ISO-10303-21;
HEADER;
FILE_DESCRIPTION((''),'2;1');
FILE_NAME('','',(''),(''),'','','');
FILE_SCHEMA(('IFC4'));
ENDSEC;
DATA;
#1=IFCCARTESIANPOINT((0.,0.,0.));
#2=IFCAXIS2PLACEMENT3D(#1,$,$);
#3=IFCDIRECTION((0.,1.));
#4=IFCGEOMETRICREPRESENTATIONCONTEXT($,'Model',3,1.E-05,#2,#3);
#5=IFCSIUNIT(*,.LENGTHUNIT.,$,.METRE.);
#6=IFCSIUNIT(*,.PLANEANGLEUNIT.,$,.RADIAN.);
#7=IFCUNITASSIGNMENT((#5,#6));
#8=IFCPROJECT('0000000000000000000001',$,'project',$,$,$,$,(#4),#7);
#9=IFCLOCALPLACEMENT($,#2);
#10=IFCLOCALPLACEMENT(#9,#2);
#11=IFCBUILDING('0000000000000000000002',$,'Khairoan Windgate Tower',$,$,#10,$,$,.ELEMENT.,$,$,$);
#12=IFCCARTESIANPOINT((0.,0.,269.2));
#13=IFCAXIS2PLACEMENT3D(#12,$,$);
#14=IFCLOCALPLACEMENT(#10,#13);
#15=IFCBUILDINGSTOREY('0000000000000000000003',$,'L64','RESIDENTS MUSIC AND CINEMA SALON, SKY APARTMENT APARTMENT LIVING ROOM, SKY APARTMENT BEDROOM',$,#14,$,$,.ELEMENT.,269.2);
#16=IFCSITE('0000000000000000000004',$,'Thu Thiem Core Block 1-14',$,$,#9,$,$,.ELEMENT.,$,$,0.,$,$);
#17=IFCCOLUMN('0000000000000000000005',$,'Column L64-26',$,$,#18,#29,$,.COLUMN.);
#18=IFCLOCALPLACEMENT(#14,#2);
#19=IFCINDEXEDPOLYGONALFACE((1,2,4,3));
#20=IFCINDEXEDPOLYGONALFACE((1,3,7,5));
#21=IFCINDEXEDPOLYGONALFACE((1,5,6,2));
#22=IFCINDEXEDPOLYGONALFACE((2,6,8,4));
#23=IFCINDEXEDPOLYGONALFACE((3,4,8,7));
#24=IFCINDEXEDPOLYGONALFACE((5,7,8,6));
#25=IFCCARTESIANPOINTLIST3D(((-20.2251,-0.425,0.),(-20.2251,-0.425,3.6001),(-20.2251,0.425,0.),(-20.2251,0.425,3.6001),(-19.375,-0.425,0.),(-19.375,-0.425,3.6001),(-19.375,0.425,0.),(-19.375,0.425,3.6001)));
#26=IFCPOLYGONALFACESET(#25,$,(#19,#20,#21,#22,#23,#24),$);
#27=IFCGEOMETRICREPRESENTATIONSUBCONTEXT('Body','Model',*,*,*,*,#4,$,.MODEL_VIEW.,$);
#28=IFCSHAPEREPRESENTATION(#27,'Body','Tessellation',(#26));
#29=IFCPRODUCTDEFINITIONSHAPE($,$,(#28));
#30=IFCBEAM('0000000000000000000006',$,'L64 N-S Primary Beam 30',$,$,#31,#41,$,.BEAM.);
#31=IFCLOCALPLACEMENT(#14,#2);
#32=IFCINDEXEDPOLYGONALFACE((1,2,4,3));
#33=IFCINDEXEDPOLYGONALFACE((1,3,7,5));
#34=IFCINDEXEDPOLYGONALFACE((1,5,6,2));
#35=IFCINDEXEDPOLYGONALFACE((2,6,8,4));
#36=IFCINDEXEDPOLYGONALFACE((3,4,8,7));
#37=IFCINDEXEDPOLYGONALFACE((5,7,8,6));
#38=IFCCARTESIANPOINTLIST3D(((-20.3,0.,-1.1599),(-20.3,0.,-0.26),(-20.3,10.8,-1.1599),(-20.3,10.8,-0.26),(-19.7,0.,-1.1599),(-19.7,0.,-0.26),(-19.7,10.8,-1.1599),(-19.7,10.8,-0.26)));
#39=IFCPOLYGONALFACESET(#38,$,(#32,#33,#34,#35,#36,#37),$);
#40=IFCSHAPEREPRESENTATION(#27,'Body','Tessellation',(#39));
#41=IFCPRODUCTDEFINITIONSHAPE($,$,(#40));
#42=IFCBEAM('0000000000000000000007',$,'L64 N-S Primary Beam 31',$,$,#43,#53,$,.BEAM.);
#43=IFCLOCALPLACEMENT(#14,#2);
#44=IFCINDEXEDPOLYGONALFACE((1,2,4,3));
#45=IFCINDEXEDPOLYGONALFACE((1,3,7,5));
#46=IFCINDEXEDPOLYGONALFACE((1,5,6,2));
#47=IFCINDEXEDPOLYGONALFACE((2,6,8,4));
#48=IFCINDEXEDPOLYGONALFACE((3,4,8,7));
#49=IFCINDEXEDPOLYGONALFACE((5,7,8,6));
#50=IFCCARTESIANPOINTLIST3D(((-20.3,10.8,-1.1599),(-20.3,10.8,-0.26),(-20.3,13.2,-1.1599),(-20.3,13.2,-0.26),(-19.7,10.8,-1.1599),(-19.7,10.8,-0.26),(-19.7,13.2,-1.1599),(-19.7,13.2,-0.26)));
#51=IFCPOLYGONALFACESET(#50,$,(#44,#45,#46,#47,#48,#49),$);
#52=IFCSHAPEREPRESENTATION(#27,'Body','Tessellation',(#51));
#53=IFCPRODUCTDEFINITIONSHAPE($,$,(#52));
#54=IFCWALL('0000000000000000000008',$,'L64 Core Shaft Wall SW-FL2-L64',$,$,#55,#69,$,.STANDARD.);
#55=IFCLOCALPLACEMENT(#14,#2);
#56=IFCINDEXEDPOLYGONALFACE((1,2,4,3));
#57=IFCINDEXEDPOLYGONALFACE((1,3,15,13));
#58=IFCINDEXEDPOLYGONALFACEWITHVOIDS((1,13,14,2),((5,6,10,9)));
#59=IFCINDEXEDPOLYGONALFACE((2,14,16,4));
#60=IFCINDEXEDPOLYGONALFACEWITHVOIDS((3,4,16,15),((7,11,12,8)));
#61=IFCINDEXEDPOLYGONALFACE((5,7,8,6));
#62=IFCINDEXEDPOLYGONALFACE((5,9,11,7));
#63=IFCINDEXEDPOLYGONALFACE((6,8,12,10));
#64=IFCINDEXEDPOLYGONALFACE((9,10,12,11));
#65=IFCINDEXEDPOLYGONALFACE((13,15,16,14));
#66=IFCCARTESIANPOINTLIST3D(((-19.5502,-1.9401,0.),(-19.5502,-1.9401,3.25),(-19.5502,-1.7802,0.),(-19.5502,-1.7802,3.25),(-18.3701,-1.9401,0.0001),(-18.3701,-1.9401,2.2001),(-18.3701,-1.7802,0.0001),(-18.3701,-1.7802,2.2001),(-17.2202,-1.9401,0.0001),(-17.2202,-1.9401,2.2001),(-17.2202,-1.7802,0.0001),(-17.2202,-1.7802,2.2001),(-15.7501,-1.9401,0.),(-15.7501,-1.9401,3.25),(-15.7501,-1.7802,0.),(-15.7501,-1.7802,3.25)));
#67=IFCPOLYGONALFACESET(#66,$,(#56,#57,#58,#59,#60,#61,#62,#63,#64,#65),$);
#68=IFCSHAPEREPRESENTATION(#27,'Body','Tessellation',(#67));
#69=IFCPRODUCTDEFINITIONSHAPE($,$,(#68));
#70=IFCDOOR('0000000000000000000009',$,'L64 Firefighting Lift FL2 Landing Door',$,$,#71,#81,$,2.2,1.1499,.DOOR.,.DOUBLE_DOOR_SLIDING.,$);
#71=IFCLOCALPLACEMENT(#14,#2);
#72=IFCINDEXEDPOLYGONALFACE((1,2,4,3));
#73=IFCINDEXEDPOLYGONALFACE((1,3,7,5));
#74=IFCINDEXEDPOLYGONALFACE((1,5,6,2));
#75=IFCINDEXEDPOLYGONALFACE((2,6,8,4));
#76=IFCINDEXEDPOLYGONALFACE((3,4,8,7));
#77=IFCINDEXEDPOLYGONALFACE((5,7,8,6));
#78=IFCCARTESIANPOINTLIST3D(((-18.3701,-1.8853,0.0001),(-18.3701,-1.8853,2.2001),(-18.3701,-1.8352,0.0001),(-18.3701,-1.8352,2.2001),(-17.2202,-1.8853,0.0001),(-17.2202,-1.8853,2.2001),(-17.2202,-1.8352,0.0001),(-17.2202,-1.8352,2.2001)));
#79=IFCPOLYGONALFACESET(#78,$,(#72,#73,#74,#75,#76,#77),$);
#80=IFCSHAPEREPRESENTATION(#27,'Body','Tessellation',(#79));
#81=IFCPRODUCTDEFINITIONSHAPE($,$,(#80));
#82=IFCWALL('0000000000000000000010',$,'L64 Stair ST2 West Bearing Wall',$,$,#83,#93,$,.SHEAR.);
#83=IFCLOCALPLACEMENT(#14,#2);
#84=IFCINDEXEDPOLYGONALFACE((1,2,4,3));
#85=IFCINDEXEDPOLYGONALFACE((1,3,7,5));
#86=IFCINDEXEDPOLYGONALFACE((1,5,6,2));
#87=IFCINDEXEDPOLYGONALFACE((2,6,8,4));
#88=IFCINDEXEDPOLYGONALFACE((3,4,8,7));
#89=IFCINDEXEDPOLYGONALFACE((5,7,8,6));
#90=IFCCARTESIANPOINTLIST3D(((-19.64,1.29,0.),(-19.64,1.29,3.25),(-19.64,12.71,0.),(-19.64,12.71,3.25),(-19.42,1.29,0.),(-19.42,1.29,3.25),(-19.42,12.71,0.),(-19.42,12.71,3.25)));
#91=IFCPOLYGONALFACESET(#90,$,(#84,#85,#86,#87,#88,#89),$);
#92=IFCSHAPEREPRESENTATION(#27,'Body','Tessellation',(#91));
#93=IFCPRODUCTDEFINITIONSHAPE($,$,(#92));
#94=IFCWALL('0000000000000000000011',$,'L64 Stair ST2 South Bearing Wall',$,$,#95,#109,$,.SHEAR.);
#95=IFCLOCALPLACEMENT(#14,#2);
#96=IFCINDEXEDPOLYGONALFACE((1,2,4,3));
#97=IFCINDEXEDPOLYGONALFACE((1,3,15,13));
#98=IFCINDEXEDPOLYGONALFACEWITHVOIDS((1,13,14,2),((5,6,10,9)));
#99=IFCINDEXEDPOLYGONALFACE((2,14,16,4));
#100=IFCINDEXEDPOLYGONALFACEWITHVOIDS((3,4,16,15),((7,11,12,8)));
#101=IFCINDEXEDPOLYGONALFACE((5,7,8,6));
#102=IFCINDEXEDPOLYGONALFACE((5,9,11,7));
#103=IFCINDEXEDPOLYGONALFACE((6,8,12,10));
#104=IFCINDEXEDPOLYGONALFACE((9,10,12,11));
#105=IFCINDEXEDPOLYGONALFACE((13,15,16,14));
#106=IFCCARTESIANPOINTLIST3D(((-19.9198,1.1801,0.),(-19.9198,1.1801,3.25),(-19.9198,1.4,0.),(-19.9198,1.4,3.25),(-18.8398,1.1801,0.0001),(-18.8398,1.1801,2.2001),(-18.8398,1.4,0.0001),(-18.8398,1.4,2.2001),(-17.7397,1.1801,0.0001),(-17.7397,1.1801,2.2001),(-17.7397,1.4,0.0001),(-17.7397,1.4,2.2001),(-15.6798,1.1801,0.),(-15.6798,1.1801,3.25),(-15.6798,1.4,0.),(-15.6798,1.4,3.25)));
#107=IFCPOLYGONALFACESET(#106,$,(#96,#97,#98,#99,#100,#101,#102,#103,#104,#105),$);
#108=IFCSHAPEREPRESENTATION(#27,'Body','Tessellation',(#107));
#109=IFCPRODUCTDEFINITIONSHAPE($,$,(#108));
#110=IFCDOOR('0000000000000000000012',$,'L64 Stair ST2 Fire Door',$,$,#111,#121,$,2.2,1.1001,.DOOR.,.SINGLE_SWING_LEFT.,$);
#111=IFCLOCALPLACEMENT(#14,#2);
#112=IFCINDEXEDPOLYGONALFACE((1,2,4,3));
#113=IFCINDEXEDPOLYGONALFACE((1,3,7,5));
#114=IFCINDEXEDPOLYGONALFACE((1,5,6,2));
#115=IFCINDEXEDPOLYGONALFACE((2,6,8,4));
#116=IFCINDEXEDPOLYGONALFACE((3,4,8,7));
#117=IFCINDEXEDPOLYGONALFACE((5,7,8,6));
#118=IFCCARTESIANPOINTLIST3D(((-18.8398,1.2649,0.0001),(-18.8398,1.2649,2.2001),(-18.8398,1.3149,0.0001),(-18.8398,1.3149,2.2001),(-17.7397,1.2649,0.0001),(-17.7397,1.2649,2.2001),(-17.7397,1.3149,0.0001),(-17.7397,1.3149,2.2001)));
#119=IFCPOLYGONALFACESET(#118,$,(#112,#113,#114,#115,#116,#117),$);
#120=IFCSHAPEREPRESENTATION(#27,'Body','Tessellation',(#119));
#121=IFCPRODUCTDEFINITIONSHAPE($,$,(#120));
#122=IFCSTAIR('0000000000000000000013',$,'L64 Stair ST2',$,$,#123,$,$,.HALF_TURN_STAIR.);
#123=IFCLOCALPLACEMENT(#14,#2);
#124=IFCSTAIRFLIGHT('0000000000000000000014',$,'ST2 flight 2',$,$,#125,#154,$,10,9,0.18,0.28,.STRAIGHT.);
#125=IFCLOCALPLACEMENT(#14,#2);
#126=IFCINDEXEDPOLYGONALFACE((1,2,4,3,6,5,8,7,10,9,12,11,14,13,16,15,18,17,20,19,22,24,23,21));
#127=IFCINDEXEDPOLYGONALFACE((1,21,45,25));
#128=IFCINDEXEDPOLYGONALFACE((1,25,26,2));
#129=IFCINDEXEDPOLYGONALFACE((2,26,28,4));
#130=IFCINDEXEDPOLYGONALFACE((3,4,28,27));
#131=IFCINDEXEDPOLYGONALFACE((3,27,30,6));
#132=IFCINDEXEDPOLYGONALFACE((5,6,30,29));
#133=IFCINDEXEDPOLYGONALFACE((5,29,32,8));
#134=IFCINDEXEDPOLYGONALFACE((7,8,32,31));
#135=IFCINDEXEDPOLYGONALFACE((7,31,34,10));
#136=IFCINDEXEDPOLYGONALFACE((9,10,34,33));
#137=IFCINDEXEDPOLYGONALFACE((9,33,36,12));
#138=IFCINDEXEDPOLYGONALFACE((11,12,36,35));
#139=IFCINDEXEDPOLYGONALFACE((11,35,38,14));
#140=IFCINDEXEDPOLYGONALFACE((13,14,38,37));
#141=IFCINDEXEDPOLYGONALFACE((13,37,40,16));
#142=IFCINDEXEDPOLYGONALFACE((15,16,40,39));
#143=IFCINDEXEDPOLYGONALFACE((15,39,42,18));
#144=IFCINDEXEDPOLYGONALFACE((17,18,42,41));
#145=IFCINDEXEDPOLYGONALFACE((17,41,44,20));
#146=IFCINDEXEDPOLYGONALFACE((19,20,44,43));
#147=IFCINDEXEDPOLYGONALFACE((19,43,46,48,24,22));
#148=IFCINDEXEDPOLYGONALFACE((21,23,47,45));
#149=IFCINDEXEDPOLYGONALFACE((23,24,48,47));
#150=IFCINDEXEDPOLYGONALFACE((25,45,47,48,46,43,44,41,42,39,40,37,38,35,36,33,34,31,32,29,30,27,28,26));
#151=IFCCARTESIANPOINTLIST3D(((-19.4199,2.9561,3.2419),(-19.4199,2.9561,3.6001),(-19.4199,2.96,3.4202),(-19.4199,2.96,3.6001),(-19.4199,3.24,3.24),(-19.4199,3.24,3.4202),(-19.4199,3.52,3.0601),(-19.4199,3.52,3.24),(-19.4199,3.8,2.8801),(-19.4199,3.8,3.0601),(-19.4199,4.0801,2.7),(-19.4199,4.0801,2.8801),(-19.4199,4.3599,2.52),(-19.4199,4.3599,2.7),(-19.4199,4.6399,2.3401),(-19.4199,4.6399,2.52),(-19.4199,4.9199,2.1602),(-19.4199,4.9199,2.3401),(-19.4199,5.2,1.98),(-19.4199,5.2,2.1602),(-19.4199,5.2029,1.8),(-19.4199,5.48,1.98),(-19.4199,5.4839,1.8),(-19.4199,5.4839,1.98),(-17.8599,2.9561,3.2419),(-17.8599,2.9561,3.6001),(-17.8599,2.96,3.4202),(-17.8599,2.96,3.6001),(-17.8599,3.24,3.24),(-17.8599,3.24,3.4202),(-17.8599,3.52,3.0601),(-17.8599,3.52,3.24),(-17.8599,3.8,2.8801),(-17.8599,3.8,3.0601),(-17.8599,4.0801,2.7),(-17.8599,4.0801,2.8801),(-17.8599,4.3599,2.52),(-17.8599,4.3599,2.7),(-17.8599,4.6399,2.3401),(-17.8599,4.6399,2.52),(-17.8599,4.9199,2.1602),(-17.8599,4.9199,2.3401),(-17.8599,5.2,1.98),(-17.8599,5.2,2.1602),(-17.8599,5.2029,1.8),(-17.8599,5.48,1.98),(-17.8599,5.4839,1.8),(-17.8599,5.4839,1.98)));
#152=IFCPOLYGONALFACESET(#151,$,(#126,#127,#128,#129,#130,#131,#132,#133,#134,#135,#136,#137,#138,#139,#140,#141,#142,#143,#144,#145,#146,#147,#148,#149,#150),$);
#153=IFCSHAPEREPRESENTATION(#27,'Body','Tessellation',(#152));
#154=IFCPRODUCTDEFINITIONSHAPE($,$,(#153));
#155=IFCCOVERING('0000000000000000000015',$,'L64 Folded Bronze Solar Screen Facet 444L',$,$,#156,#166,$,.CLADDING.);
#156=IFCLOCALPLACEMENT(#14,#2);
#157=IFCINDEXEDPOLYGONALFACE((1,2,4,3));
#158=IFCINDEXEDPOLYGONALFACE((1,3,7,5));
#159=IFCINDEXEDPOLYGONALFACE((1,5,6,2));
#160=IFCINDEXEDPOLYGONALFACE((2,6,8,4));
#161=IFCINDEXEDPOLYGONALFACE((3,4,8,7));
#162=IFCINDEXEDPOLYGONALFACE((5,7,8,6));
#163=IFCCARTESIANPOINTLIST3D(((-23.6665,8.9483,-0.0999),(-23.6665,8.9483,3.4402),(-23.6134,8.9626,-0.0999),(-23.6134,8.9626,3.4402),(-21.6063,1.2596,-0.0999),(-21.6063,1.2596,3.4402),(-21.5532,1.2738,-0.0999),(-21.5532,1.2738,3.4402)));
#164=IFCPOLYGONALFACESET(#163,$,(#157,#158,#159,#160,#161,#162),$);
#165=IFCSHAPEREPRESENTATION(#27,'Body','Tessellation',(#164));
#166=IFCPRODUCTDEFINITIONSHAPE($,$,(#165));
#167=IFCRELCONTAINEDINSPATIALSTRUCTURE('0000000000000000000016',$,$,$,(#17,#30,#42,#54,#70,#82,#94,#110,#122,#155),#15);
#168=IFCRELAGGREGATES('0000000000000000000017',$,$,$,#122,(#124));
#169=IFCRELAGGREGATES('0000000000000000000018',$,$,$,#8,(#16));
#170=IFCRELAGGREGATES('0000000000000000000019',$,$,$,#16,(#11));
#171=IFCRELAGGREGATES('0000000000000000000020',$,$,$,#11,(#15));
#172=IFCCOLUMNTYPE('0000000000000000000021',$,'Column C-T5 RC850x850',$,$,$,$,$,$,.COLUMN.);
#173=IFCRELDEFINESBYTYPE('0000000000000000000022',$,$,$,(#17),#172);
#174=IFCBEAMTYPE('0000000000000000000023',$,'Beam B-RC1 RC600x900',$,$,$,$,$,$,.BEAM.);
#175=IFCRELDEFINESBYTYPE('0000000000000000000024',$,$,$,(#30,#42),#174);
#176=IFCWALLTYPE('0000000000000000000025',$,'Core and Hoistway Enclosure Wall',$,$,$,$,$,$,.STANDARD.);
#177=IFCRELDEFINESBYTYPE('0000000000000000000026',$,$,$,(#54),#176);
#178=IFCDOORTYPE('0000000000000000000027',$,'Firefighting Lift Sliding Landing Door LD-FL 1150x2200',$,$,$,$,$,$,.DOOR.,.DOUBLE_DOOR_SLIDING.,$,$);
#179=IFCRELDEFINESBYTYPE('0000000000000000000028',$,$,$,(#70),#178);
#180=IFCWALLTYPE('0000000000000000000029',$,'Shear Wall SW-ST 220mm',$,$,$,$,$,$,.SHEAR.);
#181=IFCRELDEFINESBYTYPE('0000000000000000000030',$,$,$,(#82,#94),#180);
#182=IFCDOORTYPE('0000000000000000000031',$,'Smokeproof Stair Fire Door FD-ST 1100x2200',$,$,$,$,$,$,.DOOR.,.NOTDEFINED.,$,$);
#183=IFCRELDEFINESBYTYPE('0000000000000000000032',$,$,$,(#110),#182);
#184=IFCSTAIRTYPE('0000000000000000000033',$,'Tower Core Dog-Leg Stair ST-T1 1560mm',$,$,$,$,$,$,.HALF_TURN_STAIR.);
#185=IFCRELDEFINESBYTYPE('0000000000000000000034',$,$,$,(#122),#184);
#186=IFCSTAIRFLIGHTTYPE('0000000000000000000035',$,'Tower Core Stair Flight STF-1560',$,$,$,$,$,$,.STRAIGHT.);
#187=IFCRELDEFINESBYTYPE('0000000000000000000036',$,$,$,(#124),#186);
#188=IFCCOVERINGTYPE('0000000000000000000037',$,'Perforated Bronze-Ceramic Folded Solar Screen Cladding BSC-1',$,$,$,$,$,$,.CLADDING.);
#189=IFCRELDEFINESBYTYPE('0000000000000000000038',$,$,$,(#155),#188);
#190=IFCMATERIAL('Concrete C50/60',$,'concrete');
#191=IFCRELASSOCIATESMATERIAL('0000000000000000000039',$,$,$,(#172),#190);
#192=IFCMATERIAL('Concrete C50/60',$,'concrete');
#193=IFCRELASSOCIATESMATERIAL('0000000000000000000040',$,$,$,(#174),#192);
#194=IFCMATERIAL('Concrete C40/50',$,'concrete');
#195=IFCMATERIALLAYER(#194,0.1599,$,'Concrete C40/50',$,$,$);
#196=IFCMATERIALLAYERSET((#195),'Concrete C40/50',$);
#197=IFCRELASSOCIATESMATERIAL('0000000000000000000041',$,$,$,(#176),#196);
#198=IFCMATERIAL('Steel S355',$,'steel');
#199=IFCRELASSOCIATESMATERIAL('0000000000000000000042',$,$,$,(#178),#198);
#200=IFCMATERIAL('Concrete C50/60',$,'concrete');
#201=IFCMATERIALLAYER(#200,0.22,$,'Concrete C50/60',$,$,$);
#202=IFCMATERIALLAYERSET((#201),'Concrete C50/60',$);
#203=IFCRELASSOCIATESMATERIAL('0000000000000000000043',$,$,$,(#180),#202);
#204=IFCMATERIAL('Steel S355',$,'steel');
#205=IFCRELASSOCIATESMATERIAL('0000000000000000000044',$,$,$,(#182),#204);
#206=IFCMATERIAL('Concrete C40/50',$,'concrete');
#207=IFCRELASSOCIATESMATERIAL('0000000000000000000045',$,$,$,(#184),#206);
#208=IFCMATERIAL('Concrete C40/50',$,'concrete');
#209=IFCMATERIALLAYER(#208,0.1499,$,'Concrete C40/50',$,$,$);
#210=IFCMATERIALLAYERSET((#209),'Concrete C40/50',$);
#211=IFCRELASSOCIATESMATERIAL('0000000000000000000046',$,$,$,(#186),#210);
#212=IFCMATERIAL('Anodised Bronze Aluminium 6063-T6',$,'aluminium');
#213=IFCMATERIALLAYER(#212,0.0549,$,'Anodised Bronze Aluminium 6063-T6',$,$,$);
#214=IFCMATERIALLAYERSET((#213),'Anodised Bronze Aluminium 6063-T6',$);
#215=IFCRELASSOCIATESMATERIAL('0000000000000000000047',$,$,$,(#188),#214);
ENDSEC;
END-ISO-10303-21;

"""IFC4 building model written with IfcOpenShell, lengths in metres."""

from ifc_helpers import new_model, si_unit, direction, frame, frame_2d, origin, origin_2d, place, context, subcontext, project, spatial, polyline, rectangle, outline, extrude, material, layer, layer_set, material_profile, profile_set, type_object, element, fill, aggregate, save


model = new_model("IFC4")

# Units and contexts
model_context = context("Model", 3, precision=1e-05, world=origin(), true_north=direction((0.0, 1.0)))
body_context = subcontext(model_context, "Body", "Model", "MODEL_VIEW")
ifc_project = project(units=[si_unit("LENGTHUNIT", "METRE"), si_unit("PLANEANGLEUNIT", "RADIAN")], contexts=[model_context])

# Site, building, storey
site_placement = place(None, origin())
site = spatial("IfcSite", under=ifc_project, at=site_placement, Name="Thu Thiem Core Block 1-14", CompositionType="ELEMENT", RefElevation=0.0)
building_placement = place(site_placement, origin())
building = spatial("IfcBuilding", under=site, at=building_placement, Name="Khairoan Windgate Tower", CompositionType="ELEMENT")
storey_placement = place(building_placement, frame((0.0, 0.0, 269.2)))
storey = spatial("IfcBuildingStorey", under=building, at=storey_placement, Name="L64", Description="RESIDENTS MUSIC AND CINEMA SALON, SKY APARTMENT APARTMENT LIVING ROOM, SKY APARTMENT BEDROOM", CompositionType="ELEMENT", Elevation=269.2)

# Column
ifc_material_1 = material(Name="Concrete C50/60", Category="concrete")
ifc_material_profile_1 = material_profile(ifc_material_1, rectangle(XDim=0.8501, YDim=0.8501, at=origin_2d()))
ifc_profile_set_1 = profile_set([ifc_material_profile_1], Name="Concrete C50/60")
column_type = type_object("IfcColumnType", Name="Column C-T5 RC850x850", PredefinedType="COLUMN", material=ifc_profile_set_1)
column_placement = place(storey_placement, frame((-19.8, 0.0, 0.0), z_axis=(0.0, 0.0, 1.0), x_axis=(1.0, 0.0, 0.0)))
element("IfcColumn", 1, at=column_placement, inside=storey, type_object=column_type, Name="Column L64-26", PredefinedType="COLUMN", context=body_context, shape_type="SweptSolid", body=[
    extrude(rectangle(XDim=0.8501, YDim=0.8501, at=origin_2d()), origin(), (0.0, 0.0, 1.0), 3.6001),
])

# Beams
ifc_material_2 = material(Name="Concrete C50/60", Category="concrete")
ifc_material_profile_2 = material_profile(ifc_material_2, rectangle(XDim=0.6001, YDim=0.8999, at=origin_2d()))
ifc_profile_set_2 = profile_set([ifc_material_profile_2], Name="Concrete C50/60")
beam_type = type_object("IfcBeamType", Name="Beam B-RC1 RC600x900", PredefinedType="BEAM", material=ifc_profile_set_2)
beam_1_placement = place(storey_placement, frame((-20.0, 0.0, -0.71), z_axis=(0.0, 1.0, 0.0), x_axis=(-1.0, 0.0, 0.0)))
element("IfcBeam", 2, at=beam_1_placement, inside=storey, type_object=beam_type, Name="L64 N-S Primary Beam 30", PredefinedType="BEAM", context=body_context, shape_type="SweptSolid", body=[
    extrude(rectangle(XDim=0.6001, YDim=0.8999, at=origin_2d()), origin(), (0.0, 0.0, 1.0), 10.8),
])
beam_2_placement = place(storey_placement, frame((-20.0, 10.8, -0.71), z_axis=(0.0, 1.0, 0.0), x_axis=(-1.0, 0.0, 0.0)))
element("IfcBeam", 3, at=beam_2_placement, inside=storey, type_object=beam_type, Name="L64 N-S Primary Beam 31", PredefinedType="BEAM", context=body_context, shape_type="SweptSolid", body=[
    extrude(rectangle(XDim=0.6001, YDim=0.8999, at=origin_2d()), origin(), (0.0, 0.0, 1.0), 2.3999),
])

# Wall, opening, door
ifc_material_3 = material(Name="Concrete C40/50", Category="concrete")
ifc_layer_1 = layer(ifc_material_3, 0.1599, Name="Concrete C40/50")
ifc_layer_set_1 = layer_set([ifc_layer_1], Name="Concrete C40/50")
wall_type_1 = type_object("IfcWallType", Name="Core and Hoistway Enclosure Wall", PredefinedType="STANDARD", material=ifc_layer_set_1)
wall_1_placement = place(storey_placement, frame((-19.55, -1.8601, 0.0), z_axis=(0.0, 0.0, 1.0), x_axis=(1.0, 0.0, 0.0)))
wall_1 = element("IfcWall", 4, at=wall_1_placement, inside=storey, type_object=wall_type_1, Name="L64 Core Shaft Wall SW-FL2-L64", PredefinedType="STANDARD", context=body_context, shape_type="SweptSolid", body=[
    extrude(rectangle(XDim=3.8, YDim=0.1599, at=frame_2d((1.8999, 0.0))), origin(), (0.0, 0.0, 1.0), 3.25),
])
opening_1_placement = place(wall_1_placement, frame((1.1799, 0.0, 0.0)))
opening_1 = element("IfcOpeningElement", 5, at=opening_1_placement, cuts=wall_1, PredefinedType="OPENING", context=body_context, shape_type="SweptSolid", body=[
    extrude(rectangle(XDim=1.1499, YDim=2.2, at=frame_2d((0.575, 1.1001))), frame((0.0, 0.0898, 0.0), z_axis=(0.0, -1.0, 0.0), x_axis=(1.0, 0.0, 0.0)), (0.0, 0.0, 1.0), 0.1799),
])
ifc_material_4 = material(Name="Steel S355", Category="steel")
door_type_1 = type_object("IfcDoorType", Name="Firefighting Lift Sliding Landing Door LD-FL 1150x2200", OperationType="DOUBLE_DOOR_SLIDING", PredefinedType="DOOR", material=ifc_material_4)
door_1_placement = place(opening_1_placement, origin())
door_1 = element("IfcDoor", 6, at=door_1_placement, inside=storey, type_object=door_type_1, Name="L64 Firefighting Lift FL2 Landing Door", OperationType="DOUBLE_DOOR_SLIDING", OverallHeight=2.2, OverallWidth=1.1499, PredefinedType="DOOR", context=body_context, shape_type="SweptSolid", body=[
    extrude(rectangle(XDim=1.1499, YDim=2.2, at=frame_2d((0.575, 1.1001))), frame((0.0, 0.0249, 0.0), z_axis=(0.0, -1.0, 0.0), x_axis=(1.0, 0.0, 0.0)), (0.0, 0.0, 1.0), 0.05),
])
fill(opening_1, door_1)

# Wall
ifc_material_5 = material(Name="Concrete C50/60", Category="concrete")
ifc_layer_2 = layer(ifc_material_5, 0.22, Name="Concrete C50/60")
ifc_layer_set_2 = layer_set([ifc_layer_2], Name="Concrete C50/60")
wall_type_2 = type_object("IfcWallType", Name="Shear Wall SW-ST 220mm", PredefinedType="SHEAR", material=ifc_layer_set_2)
wall_2_placement = place(storey_placement, frame((-19.53, 1.29, 0.0), z_axis=(0.0, 0.0, 1.0), x_axis=(0.0, 1.0, 0.0)))
element("IfcWall", 7, at=wall_2_placement, inside=storey, type_object=wall_type_2, Name="L64 Stair ST2 West Bearing Wall", PredefinedType="SHEAR", context=body_context, shape_type="SweptSolid", body=[
    extrude(rectangle(XDim=11.4199, YDim=0.22, at=frame_2d((5.71, 0.0))), origin(), (0.0, 0.0, 1.0), 3.25),
])

# Wall, opening, door
wall_3_placement = place(storey_placement, frame((-19.9199, 1.29, 0.0), z_axis=(0.0, 0.0, 1.0), x_axis=(1.0, 0.0, 0.0)))
wall_3 = element("IfcWall", 8, at=wall_3_placement, inside=storey, type_object=wall_type_2, Name="L64 Stair ST2 South Bearing Wall", PredefinedType="SHEAR", context=body_context, shape_type="SweptSolid", body=[
    extrude(rectangle(XDim=4.24, YDim=0.22, at=frame_2d((2.1201, 0.0))), origin(), (0.0, 0.0, 1.0), 3.25),
])
opening_2_placement = place(wall_3_placement, frame((1.0801, 0.0, 0.0)))
opening_2 = element("IfcOpeningElement", 9, at=opening_2_placement, cuts=wall_3, PredefinedType="OPENING", context=body_context, shape_type="SweptSolid", body=[
    extrude(rectangle(XDim=1.1001, YDim=2.2, at=frame_2d((0.55, 1.1001))), frame((0.0, 0.1199, 0.0), z_axis=(0.0, -1.0, 0.0), x_axis=(1.0, 0.0, 0.0)), (0.0, 0.0, 1.0), 0.24),
])
ifc_material_6 = material(Name="Steel S355", Category="steel")
door_type_2 = type_object("IfcDoorType", Name="Smokeproof Stair Fire Door FD-ST 1100x2200", OperationType="NOTDEFINED", PredefinedType="DOOR", material=ifc_material_6)
door_2_placement = place(opening_2_placement, origin())
door_2 = element("IfcDoor", 10, at=door_2_placement, inside=storey, type_object=door_type_2, Name="L64 Stair ST2 Fire Door", OperationType="SINGLE_SWING_LEFT", OverallHeight=2.2, OverallWidth=1.1001, PredefinedType="DOOR", context=body_context, shape_type="SweptSolid", body=[
    extrude(rectangle(XDim=1.1001, YDim=2.2, at=frame_2d((0.55, 1.1001))), frame((0.0, 0.0249, 0.0), z_axis=(0.0, -1.0, 0.0), x_axis=(1.0, 0.0, 0.0)), (0.0, 0.0, 1.0), 0.05),
])
fill(opening_2, door_2)

# Stair, stair flight
ifc_material_7 = material(Name="Concrete C40/50", Category="concrete")
stair_type = type_object("IfcStairType", Name="Tower Core Dog-Leg Stair ST-T1 1560mm", PredefinedType="HALF_TURN_STAIR", material=ifc_material_7)
stair_placement = place(storey_placement, origin())
stair = element("IfcStair", 11, at=stair_placement, inside=storey, type_object=stair_type, Name="L64 Stair ST2", PredefinedType="HALF_TURN_STAIR")
ifc_material_8 = material(Name="Concrete C40/50", Category="concrete")
ifc_layer_3 = layer(ifc_material_8, 0.1499, Name="Concrete C40/50")
ifc_layer_set_3 = layer_set([ifc_layer_3], Name="Concrete C40/50")
stair_flight_type = type_object("IfcStairFlightType", Name="Tower Core Stair Flight STF-1560", PredefinedType="STRAIGHT", material=ifc_layer_set_3)
stair_flight_placement = place(storey_placement, frame((-18.6399, 5.48, 1.8), z_axis=(0.0, 0.0, 1.0), x_axis=(0.0, -1.0, 0.0)))
stair_flight = element("IfcStairFlight", 12, at=stair_flight_placement, type_object=stair_flight_type, Name="ST2 flight 2", NumberOfRisers=10, NumberOfTreads=9, PredefinedType="STRAIGHT", RiserHeight=0.18, TreadLength=0.28, context=body_context, shape_type="SweptSolid", body=[
    extrude(outline(polyline([(-0.0039, 0.0), (-0.0039, 0.1799), (0.0, 0.1799), (0.28, 0.1799), (0.28, 0.3601), (0.5601, 0.3601), (0.5601, 0.54), (0.8401, 0.54), (0.8401, 0.72), (1.1201, 0.72), (1.1201, 0.8999), (1.3999, 0.8999), (1.3999, 1.0801), (1.6799, 1.0801), (1.6799, 1.26), (1.96, 1.26), (1.96, 1.4399), (2.24, 1.4399), (2.24, 1.6201), (2.52, 1.6201), (2.52, 1.8), (2.5239, 1.8), (2.5239, 1.4419), (0.2771, 0.0), (-0.0039, 0.0)])), frame((0.0, 0.78, 0.0), z_axis=(0.0, -1.0, 0.0), x_axis=(1.0, 0.0, 0.0)), (0.0, 0.0, 1.0), 1.5601),
])
aggregate(stair, [stair_flight])

# Covering
ifc_material_9 = material(Name="Anodised Bronze Aluminium 6063-T6", Category="aluminium")
ifc_layer_4 = layer(ifc_material_9, 0.0549, Name="Anodised Bronze Aluminium 6063-T6")
ifc_layer_set_4 = layer_set([ifc_layer_4], Name="Anodised Bronze Aluminium 6063-T6")
covering_type = type_object("IfcCoveringType", Name="Perforated Bronze-Ceramic Folded Solar Screen Cladding BSC-1", PredefinedType="CLADDING", material=ifc_layer_set_4)
covering_placement = place(storey_placement, frame((-22.6099, 5.1111, -0.0999), z_axis=(0.0, 0.0, 1.0), x_axis=(-0.258819, 0.965926, 0.0)))
element("IfcCovering", 13, at=covering_placement, inside=storey, type_object=covering_type, Name="L64 Folded Bronze Solar Screen Facet 444L", PredefinedType="CLADDING", context=body_context, shape_type="SweptSolid", body=[
    extrude(rectangle(XDim=7.96, YDim=0.0549, at=origin_2d()), origin(), (0.0, 0.0, 1.0), 3.54),
])

save(model, "model.ifc")
